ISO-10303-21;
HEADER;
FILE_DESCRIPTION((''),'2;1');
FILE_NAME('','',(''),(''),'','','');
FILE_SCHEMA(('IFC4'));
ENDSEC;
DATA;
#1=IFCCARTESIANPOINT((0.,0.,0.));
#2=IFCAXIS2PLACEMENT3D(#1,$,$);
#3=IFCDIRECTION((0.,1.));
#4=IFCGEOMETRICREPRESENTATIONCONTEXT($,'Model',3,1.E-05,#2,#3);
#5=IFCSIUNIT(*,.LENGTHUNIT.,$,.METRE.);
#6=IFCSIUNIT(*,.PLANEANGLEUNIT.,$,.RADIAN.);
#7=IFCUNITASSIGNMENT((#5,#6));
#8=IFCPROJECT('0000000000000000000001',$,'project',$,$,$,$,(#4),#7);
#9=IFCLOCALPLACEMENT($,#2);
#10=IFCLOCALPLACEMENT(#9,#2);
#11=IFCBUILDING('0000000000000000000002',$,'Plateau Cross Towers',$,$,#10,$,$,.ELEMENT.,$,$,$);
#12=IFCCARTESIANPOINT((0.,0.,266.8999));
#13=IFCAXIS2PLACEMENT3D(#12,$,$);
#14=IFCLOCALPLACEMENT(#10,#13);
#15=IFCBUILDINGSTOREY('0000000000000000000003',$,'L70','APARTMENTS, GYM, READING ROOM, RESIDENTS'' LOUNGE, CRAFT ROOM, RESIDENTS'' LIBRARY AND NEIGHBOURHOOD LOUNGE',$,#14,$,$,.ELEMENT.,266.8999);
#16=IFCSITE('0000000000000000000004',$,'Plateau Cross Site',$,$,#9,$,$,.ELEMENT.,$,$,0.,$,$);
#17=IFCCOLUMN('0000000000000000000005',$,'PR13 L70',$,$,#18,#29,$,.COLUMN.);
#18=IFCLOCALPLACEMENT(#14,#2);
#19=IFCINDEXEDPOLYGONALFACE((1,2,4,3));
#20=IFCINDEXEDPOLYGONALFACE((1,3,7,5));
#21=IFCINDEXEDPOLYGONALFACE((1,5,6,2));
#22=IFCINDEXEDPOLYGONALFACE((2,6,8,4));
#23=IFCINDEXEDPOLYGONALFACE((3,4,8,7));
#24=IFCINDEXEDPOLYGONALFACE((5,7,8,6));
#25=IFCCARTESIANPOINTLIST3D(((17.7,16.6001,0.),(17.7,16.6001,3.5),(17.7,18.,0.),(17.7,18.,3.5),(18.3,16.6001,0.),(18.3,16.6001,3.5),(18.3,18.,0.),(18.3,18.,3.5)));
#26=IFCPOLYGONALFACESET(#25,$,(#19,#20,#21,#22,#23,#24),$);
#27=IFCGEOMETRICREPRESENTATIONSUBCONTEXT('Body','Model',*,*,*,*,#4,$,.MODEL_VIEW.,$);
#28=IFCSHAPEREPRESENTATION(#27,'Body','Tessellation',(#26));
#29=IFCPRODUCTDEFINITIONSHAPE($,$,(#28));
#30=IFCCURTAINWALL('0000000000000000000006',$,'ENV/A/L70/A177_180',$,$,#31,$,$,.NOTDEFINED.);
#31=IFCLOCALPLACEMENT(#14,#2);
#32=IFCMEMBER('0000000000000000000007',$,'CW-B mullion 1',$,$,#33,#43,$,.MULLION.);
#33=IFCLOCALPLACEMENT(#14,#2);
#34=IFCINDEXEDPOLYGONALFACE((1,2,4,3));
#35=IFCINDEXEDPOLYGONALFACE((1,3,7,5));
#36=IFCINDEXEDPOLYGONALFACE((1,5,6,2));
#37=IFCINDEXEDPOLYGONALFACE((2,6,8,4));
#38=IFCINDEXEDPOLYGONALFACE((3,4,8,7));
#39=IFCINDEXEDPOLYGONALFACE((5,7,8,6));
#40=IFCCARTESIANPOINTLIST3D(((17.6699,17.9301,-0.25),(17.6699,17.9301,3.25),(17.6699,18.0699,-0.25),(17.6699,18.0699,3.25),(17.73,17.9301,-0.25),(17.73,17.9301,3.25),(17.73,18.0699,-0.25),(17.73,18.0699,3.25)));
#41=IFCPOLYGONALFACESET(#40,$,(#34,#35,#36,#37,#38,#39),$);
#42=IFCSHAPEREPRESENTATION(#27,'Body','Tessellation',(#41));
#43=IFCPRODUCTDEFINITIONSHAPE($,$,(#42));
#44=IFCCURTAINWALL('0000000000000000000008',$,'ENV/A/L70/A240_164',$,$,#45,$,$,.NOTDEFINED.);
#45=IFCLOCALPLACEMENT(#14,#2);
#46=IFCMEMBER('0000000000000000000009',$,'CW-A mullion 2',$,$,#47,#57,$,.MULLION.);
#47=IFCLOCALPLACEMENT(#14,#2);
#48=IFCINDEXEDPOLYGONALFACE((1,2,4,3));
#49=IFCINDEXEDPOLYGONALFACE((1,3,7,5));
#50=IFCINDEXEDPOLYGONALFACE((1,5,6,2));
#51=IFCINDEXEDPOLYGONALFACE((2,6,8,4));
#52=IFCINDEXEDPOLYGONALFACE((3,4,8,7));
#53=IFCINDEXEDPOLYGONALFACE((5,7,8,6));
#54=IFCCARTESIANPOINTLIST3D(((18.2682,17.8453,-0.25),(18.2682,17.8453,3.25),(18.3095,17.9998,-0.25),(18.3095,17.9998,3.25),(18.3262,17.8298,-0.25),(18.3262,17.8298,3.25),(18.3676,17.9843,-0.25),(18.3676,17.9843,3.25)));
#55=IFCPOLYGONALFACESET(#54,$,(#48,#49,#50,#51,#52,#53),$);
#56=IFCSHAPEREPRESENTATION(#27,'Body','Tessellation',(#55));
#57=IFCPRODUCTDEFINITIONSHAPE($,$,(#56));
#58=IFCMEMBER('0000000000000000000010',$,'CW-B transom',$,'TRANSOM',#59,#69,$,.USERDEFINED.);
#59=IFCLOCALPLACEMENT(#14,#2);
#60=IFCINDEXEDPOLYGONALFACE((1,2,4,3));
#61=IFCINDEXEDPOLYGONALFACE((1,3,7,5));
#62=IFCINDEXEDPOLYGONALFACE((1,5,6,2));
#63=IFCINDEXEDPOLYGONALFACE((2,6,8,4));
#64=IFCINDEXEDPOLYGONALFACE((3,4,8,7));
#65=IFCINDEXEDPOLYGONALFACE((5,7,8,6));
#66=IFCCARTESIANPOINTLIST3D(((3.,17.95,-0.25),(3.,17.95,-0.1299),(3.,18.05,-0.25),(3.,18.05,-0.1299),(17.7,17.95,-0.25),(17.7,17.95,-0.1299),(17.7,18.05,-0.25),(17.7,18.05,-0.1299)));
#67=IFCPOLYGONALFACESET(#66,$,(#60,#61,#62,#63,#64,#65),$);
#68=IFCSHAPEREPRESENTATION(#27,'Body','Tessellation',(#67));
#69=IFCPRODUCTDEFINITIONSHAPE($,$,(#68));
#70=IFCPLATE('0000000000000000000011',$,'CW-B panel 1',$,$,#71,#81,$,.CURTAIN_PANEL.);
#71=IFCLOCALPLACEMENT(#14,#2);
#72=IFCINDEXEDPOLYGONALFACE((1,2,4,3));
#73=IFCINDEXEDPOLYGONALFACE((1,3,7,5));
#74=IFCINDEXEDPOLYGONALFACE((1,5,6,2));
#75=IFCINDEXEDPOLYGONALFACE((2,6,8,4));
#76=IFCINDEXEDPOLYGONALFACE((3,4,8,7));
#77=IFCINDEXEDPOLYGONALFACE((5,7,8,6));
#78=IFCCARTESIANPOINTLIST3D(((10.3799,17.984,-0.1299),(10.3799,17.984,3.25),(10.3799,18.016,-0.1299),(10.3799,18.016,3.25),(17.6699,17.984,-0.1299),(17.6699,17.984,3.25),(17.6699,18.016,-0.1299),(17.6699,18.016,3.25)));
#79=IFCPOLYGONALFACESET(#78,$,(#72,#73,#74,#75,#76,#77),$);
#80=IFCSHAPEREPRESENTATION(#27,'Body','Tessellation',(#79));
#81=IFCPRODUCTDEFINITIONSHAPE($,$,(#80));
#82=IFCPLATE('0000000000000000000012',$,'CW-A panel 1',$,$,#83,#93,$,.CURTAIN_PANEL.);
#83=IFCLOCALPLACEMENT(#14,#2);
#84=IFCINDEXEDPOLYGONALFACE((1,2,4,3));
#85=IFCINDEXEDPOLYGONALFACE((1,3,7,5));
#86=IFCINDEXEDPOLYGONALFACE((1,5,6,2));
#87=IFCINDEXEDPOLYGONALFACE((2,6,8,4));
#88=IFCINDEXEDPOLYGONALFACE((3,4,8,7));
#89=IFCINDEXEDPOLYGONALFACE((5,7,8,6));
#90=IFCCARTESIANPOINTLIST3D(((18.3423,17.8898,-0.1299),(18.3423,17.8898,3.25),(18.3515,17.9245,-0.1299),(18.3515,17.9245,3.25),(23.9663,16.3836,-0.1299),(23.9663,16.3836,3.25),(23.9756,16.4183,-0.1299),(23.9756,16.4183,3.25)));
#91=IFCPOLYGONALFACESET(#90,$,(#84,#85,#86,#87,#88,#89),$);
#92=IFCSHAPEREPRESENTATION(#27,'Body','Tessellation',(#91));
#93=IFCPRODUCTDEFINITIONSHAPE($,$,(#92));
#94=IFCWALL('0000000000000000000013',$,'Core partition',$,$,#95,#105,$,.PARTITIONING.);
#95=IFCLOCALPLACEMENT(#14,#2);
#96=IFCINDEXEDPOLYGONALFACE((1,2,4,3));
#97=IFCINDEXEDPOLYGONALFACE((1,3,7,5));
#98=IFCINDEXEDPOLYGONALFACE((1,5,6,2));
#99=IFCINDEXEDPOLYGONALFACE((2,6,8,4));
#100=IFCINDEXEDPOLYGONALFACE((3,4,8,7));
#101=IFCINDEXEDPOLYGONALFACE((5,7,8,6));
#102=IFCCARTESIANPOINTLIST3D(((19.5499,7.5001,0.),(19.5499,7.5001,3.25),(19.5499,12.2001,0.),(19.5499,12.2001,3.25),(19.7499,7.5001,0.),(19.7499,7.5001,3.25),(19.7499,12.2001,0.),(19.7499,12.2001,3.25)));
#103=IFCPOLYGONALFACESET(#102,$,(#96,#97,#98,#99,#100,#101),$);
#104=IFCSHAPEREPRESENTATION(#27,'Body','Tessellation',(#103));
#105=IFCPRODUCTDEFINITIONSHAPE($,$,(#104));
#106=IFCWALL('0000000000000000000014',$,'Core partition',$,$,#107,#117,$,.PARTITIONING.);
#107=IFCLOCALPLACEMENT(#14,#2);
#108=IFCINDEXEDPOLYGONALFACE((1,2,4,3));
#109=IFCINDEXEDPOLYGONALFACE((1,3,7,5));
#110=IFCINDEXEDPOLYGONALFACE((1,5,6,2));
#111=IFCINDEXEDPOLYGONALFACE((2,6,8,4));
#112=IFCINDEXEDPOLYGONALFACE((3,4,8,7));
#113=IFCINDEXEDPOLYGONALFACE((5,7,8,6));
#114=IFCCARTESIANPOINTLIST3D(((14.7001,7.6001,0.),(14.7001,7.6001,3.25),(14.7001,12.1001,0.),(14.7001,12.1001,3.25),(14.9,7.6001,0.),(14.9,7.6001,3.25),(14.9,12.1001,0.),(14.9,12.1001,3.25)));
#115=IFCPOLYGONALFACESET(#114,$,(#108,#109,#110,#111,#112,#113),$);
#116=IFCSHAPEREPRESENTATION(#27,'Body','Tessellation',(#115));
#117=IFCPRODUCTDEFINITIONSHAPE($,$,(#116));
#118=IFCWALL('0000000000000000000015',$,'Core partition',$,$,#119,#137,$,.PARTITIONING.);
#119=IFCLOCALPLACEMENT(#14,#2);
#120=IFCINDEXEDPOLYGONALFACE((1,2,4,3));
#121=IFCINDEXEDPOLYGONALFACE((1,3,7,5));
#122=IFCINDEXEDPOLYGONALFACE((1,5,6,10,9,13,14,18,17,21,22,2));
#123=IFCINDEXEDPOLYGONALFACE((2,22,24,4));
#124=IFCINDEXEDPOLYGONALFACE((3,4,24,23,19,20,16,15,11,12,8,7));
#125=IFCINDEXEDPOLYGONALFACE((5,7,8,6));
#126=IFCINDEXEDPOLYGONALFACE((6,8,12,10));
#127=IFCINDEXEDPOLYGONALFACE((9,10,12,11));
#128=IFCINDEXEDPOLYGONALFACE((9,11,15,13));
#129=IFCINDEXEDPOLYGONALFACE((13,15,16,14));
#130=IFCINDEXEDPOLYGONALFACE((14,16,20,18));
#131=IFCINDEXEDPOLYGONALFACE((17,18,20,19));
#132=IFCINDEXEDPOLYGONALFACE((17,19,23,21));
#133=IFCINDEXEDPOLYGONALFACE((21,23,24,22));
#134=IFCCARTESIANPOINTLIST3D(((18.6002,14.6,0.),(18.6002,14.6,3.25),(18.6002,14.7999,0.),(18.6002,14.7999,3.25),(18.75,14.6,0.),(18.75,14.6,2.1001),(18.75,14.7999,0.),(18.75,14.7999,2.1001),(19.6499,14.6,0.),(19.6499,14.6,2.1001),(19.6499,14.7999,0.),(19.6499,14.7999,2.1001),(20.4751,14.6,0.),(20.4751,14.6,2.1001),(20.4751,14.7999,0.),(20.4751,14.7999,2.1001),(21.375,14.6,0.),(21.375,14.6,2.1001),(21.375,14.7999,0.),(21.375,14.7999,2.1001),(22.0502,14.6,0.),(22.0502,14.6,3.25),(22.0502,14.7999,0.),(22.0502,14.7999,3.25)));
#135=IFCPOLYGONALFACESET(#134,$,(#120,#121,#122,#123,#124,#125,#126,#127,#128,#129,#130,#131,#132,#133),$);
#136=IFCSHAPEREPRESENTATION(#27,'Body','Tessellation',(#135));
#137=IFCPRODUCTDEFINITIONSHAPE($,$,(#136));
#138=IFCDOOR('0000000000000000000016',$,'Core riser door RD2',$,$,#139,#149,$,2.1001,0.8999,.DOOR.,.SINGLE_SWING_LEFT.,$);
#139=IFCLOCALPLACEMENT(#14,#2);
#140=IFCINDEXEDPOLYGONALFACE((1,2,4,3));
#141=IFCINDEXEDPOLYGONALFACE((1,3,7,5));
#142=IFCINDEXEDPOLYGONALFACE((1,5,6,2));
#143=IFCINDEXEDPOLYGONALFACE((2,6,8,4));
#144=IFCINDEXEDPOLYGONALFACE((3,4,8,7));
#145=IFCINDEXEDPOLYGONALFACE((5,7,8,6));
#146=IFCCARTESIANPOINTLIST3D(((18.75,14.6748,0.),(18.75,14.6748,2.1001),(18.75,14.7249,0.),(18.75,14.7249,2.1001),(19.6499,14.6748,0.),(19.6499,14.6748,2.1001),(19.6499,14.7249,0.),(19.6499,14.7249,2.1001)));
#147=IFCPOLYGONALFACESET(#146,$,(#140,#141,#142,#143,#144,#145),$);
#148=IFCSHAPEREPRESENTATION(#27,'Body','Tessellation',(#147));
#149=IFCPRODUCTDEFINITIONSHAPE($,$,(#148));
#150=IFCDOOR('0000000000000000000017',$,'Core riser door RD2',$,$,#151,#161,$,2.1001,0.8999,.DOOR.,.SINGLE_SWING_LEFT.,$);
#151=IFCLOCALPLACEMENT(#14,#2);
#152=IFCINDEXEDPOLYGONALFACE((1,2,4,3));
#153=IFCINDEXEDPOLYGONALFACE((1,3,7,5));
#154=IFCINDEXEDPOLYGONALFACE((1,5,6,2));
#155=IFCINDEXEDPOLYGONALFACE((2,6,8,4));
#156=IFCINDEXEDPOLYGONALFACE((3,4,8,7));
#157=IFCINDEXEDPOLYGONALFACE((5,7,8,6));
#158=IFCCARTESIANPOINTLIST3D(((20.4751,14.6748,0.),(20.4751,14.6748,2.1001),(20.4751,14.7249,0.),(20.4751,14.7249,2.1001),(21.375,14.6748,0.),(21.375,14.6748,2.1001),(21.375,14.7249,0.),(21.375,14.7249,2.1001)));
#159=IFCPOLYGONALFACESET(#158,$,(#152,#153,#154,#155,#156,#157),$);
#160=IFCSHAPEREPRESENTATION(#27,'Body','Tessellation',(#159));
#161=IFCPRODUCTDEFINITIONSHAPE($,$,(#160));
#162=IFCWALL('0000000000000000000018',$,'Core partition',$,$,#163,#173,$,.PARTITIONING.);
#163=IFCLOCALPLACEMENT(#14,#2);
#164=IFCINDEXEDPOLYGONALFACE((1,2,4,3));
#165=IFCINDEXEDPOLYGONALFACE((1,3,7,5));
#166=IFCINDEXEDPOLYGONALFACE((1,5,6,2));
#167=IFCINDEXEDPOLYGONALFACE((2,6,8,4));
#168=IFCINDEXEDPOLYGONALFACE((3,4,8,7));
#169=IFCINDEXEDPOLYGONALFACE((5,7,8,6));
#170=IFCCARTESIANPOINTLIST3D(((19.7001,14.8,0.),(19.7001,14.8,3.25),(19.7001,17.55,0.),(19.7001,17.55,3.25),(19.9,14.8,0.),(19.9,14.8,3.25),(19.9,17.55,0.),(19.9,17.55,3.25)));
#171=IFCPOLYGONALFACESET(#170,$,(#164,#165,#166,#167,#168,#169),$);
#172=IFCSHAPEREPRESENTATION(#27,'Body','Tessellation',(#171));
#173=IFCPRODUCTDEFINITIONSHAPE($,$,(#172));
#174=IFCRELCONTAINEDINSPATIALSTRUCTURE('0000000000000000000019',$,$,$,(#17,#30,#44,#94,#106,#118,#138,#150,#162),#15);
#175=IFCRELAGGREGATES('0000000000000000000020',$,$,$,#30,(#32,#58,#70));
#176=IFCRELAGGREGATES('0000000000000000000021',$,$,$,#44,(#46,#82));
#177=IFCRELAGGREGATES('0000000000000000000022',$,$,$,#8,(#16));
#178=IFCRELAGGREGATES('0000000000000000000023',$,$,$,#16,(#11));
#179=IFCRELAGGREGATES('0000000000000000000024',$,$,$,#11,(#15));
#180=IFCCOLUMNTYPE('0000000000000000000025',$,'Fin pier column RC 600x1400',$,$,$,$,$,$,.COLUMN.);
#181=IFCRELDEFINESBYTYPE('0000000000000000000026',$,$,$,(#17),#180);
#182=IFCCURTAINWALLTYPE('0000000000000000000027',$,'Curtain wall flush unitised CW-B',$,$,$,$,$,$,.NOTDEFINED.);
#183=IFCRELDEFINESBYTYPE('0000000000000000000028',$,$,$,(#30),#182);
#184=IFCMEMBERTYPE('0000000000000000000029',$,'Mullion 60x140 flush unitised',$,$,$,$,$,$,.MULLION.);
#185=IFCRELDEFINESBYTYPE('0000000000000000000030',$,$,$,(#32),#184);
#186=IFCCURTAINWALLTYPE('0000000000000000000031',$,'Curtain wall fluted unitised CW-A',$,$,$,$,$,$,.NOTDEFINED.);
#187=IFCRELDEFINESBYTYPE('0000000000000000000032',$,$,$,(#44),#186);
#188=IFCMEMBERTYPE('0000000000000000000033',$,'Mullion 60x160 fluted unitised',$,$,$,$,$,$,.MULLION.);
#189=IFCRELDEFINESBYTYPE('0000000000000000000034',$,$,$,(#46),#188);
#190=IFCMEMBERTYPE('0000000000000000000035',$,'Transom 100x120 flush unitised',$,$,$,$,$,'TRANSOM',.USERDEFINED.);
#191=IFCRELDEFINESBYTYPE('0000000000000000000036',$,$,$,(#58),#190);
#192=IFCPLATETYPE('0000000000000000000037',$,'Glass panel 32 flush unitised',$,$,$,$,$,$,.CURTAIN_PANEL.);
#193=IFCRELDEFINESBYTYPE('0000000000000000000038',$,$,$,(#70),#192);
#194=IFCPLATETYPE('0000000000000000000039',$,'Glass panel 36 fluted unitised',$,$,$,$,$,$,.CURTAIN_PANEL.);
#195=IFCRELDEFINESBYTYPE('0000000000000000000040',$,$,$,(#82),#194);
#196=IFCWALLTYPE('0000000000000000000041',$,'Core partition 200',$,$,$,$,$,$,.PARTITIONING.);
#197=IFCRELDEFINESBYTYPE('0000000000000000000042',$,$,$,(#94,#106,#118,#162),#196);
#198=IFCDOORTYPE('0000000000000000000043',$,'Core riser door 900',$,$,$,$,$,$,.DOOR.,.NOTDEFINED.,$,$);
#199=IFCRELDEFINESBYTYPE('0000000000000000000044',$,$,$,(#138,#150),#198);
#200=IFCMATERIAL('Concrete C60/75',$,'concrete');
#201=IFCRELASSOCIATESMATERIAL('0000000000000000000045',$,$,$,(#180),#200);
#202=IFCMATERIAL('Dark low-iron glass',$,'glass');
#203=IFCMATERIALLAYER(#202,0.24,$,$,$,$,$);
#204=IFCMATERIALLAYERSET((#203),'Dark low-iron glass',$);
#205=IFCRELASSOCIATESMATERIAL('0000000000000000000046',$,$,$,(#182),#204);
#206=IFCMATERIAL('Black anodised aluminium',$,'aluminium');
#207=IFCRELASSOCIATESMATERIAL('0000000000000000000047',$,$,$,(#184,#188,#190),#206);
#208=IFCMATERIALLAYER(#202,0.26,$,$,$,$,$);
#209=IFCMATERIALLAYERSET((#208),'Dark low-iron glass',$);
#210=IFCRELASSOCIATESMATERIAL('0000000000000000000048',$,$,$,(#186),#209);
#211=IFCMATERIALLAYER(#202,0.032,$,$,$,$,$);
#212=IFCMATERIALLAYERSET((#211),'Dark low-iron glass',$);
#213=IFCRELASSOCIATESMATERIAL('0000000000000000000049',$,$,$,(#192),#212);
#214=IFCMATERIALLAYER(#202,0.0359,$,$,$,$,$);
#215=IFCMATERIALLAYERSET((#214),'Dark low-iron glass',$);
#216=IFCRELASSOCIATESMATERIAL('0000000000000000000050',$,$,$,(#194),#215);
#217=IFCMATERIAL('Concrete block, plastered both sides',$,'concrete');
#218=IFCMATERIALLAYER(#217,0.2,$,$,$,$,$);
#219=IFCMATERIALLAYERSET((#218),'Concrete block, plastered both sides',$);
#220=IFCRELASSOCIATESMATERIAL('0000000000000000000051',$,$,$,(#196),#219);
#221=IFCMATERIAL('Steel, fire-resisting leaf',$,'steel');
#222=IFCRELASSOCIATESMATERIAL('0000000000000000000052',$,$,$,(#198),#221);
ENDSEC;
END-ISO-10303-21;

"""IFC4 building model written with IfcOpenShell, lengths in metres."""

from ifc_helpers import new_model, si_unit, direction, frame, frame_2d, origin, origin_2d, place, context, subcontext, project, spatial, rectangle, extrude, material, layer, layer_set, material_profile, profile_set, type_object, element, fill, aggregate, save


model = new_model("IFC4")

# Units and contexts
model_context = context("Model", 3, precision=1e-05, world=origin(), true_north=direction((0.0, 1.0)))
body_context = subcontext(model_context, "Body", "Model", "MODEL_VIEW")
ifc_project = project(units=[si_unit("LENGTHUNIT", "METRE"), si_unit("PLANEANGLEUNIT", "RADIAN")], contexts=[model_context])

# Site, building, storey
site_placement = place(None, origin())
site = spatial("IfcSite", under=ifc_project, at=site_placement, Name="Plateau Cross Site", CompositionType="ELEMENT", RefElevation=0.0)
building_placement = place(site_placement, origin())
building = spatial("IfcBuilding", under=site, at=building_placement, Name="Plateau Cross Towers", CompositionType="ELEMENT")
storey_placement = place(building_placement, frame((0.0, 0.0, 266.8999)))
storey = spatial("IfcBuildingStorey", under=building, at=storey_placement, Name="L70", Description="APARTMENTS, GYM, READING ROOM, RESIDENTS' LOUNGE, CRAFT ROOM, RESIDENTS' LIBRARY AND NEIGHBOURHOOD LOUNGE", CompositionType="ELEMENT", Elevation=266.8999)

# Column
ifc_material_1 = material(Name="Concrete C60/75", Category="concrete")
ifc_material_profile_1 = material_profile(ifc_material_1, rectangle(XDim=0.6001, YDim=1.3999, at=origin_2d()), Name="RC 600x1400")
ifc_profile_set_1 = profile_set([ifc_material_profile_1], Name="Concrete C60/75")
column_type = type_object("IfcColumnType", Name="Fin pier column RC 600x1400", PredefinedType="COLUMN", material=ifc_profile_set_1)
column_placement = place(storey_placement, frame((18.0, 17.3, 0.0), z_axis=(0.0, 0.0, 1.0), x_axis=(1.0, 0.0, 0.0)))
element("IfcColumn", 1, at=column_placement, inside=storey, type_object=column_type, Name="PR13 L70", PredefinedType="COLUMN", context=body_context, shape_type="SweptSolid", body=[
    extrude(rectangle(XDim=0.6001, YDim=1.3999, at=origin_2d()), origin(), (0.0, 0.0, 1.0), 3.5),
])

# Curtain walls, members
ifc_material_2 = material(Name="Dark low-iron glass", Category="glass")
ifc_layer_1 = layer(ifc_material_2, 0.24)
ifc_layer_set_1 = layer_set([ifc_layer_1], Name="Dark low-iron glass")
curtain_wall_type_1 = type_object("IfcCurtainWallType", Name="Curtain wall flush unitised CW-B", PredefinedType="NOTDEFINED", material=ifc_layer_set_1)
curtain_wall_1_placement = place(storey_placement, origin())
curtain_wall_1 = element("IfcCurtainWall", 2, at=curtain_wall_1_placement, inside=storey, type_object=curtain_wall_type_1, Name="ENV/A/L70/A177_180", PredefinedType="NOTDEFINED")
ifc_material_3 = material(Name="Black anodised aluminium", Category="aluminium")
ifc_material_profile_2 = material_profile(ifc_material_3, rectangle(XDim=0.0601, YDim=0.1399, at=origin_2d()), Name="MULLION 60x140")
ifc_profile_set_2 = profile_set([ifc_material_profile_2], Name="Black anodised aluminium")
member_type_1 = type_object("IfcMemberType", Name="Mullion 60x140 flush unitised", PredefinedType="MULLION", material=ifc_profile_set_2)
member_1_placement = place(storey_placement, frame((17.7, 18.0, -0.25), z_axis=(0.0, 0.0, 1.0), x_axis=(-1.0, 0.0, 0.0)))
member_1 = element("IfcMember", 3, at=member_1_placement, type_object=member_type_1, Name="CW-B mullion 1", PredefinedType="MULLION", context=body_context, shape_type="SweptSolid", body=[
    extrude(rectangle(XDim=0.0601, YDim=0.1399, at=origin_2d()), origin(), (0.0, 0.0, 1.0), 3.5),
])
ifc_layer_2 = layer(ifc_material_2, 0.26)
ifc_layer_set_2 = layer_set([ifc_layer_2], Name="Dark low-iron glass")
curtain_wall_type_2 = type_object("IfcCurtainWallType", Name="Curtain wall fluted unitised CW-A", PredefinedType="NOTDEFINED", material=ifc_layer_set_2)
curtain_wall_2_placement = place(storey_placement, origin())
curtain_wall_2 = element("IfcCurtainWall", 4, at=curtain_wall_2_placement, inside=storey, type_object=curtain_wall_type_2, Name="ENV/A/L70/A240_164", PredefinedType="NOTDEFINED")
ifc_material_profile_3 = material_profile(ifc_material_3, rectangle(XDim=0.0601, YDim=0.1599, at=origin_2d()), Name="MULLION 60x160")
ifc_profile_set_3 = profile_set([ifc_material_profile_3], Name="Black anodised aluminium")
member_type_2 = type_object("IfcMemberType", Name="Mullion 60x160 fluted unitised", PredefinedType="MULLION", material=ifc_profile_set_3)
member_2_placement = place(storey_placement, frame((18.3179, 17.9148, -0.25), z_axis=(0.0, 0.0, 1.0), x_axis=(-0.965958, 0.258699, 0.0)))
member_2 = element("IfcMember", 5, at=member_2_placement, type_object=member_type_2, Name="CW-A mullion 2", PredefinedType="MULLION", context=body_context, shape_type="SweptSolid", body=[
    extrude(rectangle(XDim=0.0601, YDim=0.1599, at=origin_2d()), origin(), (0.0, 0.0, 1.0), 3.5),
])

# Member
ifc_material_profile_4 = material_profile(ifc_material_3, rectangle(XDim=0.1001, YDim=0.1201, at=origin_2d()), Name="TRANSOM 100x120")
ifc_profile_set_4 = profile_set([ifc_material_profile_4], Name="Black anodised aluminium")
member_type_3 = type_object("IfcMemberType", Name="Transom 100x120 flush unitised", ElementType="TRANSOM", PredefinedType="USERDEFINED", material=ifc_profile_set_4)
member_3_placement = place(storey_placement, frame((17.7, 18.0, -0.1899), z_axis=(-1.0, 0.0, 0.0), x_axis=(0.0, -1.0, 0.0)))
member_3 = element("IfcMember", 6, at=member_3_placement, type_object=member_type_3, Name="CW-B transom", ObjectType="TRANSOM", PredefinedType="USERDEFINED", context=body_context, shape_type="SweptSolid", body=[
    extrude(rectangle(XDim=0.1001, YDim=0.1201, at=origin_2d()), origin(), (0.0, 0.0, 1.0), 14.7),
])

# Plates
ifc_layer_3 = layer(ifc_material_2, 0.032)
ifc_layer_set_3 = layer_set([ifc_layer_3], Name="Dark low-iron glass")
plate_type_1 = type_object("IfcPlateType", Name="Glass panel 32 flush unitised", PredefinedType="CURTAIN_PANEL", material=ifc_layer_set_3)
plate_1_placement = place(storey_placement, frame((14.0249, 18.0, -0.1299), z_axis=(0.0, 0.0, 1.0), x_axis=(-1.0, 0.0, 0.0)))
plate_1 = element("IfcPlate", 7, at=plate_1_placement, type_object=plate_type_1, Name="CW-B panel 1", PredefinedType="CURTAIN_PANEL", context=body_context, shape_type="SweptSolid", body=[
    extrude(rectangle(XDim=7.29, YDim=0.032, at=origin_2d()), origin(), (0.0, 0.0, 1.0), 3.3799),
])
aggregate(curtain_wall_1, [member_1, member_3, plate_1])
ifc_layer_4 = layer(ifc_material_2, 0.0359)
ifc_layer_set_4 = layer_set([ifc_layer_4], Name="Dark low-iron glass")
plate_type_2 = type_object("IfcPlateType", Name="Glass panel 36 fluted unitised", PredefinedType="CURTAIN_PANEL", material=ifc_layer_set_4)
plate_2_placement = place(storey_placement, frame((21.1589, 17.1541, -0.1299), z_axis=(0.0, 0.0, 1.0), x_axis=(-0.965958, 0.258699, 0.0)))
plate_2 = element("IfcPlate", 8, at=plate_2_placement, type_object=plate_type_2, Name="CW-A panel 1", PredefinedType="CURTAIN_PANEL", context=body_context, shape_type="SweptSolid", body=[
    extrude(rectangle(XDim=5.8223, YDim=0.0359, at=origin_2d()), origin(), (0.0, 0.0, 1.0), 3.3799),
])
aggregate(curtain_wall_2, [member_2, plate_2])

# Walls
ifc_material_4 = material(Name="Concrete block, plastered both sides", Category="concrete")
ifc_layer_5 = layer(ifc_material_4, 0.2)
ifc_layer_set_5 = layer_set([ifc_layer_5], Name="Concrete block, plastered both sides")
wall_type_1 = type_object("IfcWallType", Name="Core partition 200", PredefinedType="PARTITIONING", material=ifc_layer_set_5)
wall_1_placement = place(storey_placement, frame((19.6499, 7.5, 0.0), z_axis=(0.0, 0.0, 1.0), x_axis=(0.0, 1.0, 0.0)))
element("IfcWall", 9, at=wall_1_placement, inside=storey, type_object=wall_type_1, Name="Core partition", PredefinedType="PARTITIONING", context=body_context, shape_type="SweptSolid", body=[
    extrude(rectangle(XDim=4.7, YDim=0.2, at=frame_2d((2.3501, 0.0))), origin(), (0.0, 0.0, 1.0), 3.25),
])
wall_2_placement = place(storey_placement, frame((14.8, 7.6001, 0.0), z_axis=(0.0, 0.0, 1.0), x_axis=(0.0, 1.0, 0.0)))
element("IfcWall", 10, at=wall_2_placement, inside=storey, type_object=wall_type_1, Name="Core partition", PredefinedType="PARTITIONING", context=body_context, shape_type="SweptSolid", body=[
    extrude(rectangle(XDim=4.5, YDim=0.2, at=frame_2d((2.25, 0.0))), origin(), (0.0, 0.0, 1.0), 3.25),
])

# Wall, openings, doors
wall_3_placement = place(storey_placement, frame((18.6001, 14.7, 0.0), z_axis=(0.0, 0.0, 1.0), x_axis=(1.0, 0.0, 0.0)))
wall_3 = element("IfcWall", 11, at=wall_3_placement, inside=storey, type_object=wall_type_1, Name="Core partition", PredefinedType="PARTITIONING", context=body_context, shape_type="SweptSolid", body=[
    extrude(rectangle(XDim=3.45, YDim=0.2, at=frame_2d((1.7251, 0.0))), origin(), (0.0, 0.0, 1.0), 3.25),
])
opening_1_placement = place(wall_3_placement, frame((0.1499, 0.0, 0.0)))
opening_1 = element("IfcOpeningElement", 12, at=opening_1_placement, cuts=wall_3, PredefinedType="OPENING", context=body_context, shape_type="SweptSolid", body=[
    extrude(rectangle(XDim=0.8999, YDim=2.1001, at=frame_2d((0.45, 1.05))), frame((0.0, 0.1099, 0.0), z_axis=(0.0, -1.0, 0.0), x_axis=(1.0, 0.0, 0.0)), (0.0, 0.0, 1.0), 0.22),
])
opening_2_placement = place(wall_3_placement, frame((1.875, 0.0, 0.0)))
opening_2 = element("IfcOpeningElement", 13, at=opening_2_placement, cuts=wall_3, PredefinedType="OPENING", context=body_context, shape_type="SweptSolid", body=[
    extrude(rectangle(XDim=0.8999, YDim=2.1001, at=frame_2d((0.45, 1.05))), frame((0.0, 0.1099, 0.0), z_axis=(0.0, -1.0, 0.0), x_axis=(1.0, 0.0, 0.0)), (0.0, 0.0, 1.0), 0.22),
])
ifc_material_5 = material(Name="Steel, fire-resisting leaf", Category="steel")
door_type_1 = type_object("IfcDoorType", Name="Core riser door 900", OperationType="NOTDEFINED", PredefinedType="DOOR", material=ifc_material_5)
door_1_placement = place(opening_1_placement, origin())
door_1 = element("IfcDoor", 14, at=door_1_placement, inside=storey, type_object=door_type_1, Name="Core riser door RD2", OperationType="SINGLE_SWING_LEFT", OverallHeight=2.1001, OverallWidth=0.8999, PredefinedType="DOOR", context=body_context, shape_type="SweptSolid", body=[
    extrude(rectangle(XDim=0.8999, YDim=2.1001, at=frame_2d((0.45, 1.05))), frame((0.0, 0.0249, 0.0), z_axis=(0.0, -1.0, 0.0), x_axis=(1.0, 0.0, 0.0)), (0.0, 0.0, 1.0), 0.05),
])
fill(opening_1, door_1)
door_2_placement = place(opening_2_placement, origin())
door_2 = element("IfcDoor", 15, at=door_2_placement, inside=storey, type_object=door_type_1, Name="Core riser door RD2", OperationType="SINGLE_SWING_LEFT", OverallHeight=2.1001, OverallWidth=0.8999, PredefinedType="DOOR", context=body_context, shape_type="SweptSolid", body=[
    extrude(rectangle(XDim=0.8999, YDim=2.1001, at=frame_2d((0.45, 1.05))), frame((0.0, 0.0249, 0.0), z_axis=(0.0, -1.0, 0.0), x_axis=(1.0, 0.0, 0.0)), (0.0, 0.0, 1.0), 0.05),
])
fill(opening_2, door_2)

# Wall
wall_4_placement = place(storey_placement, frame((19.8, 14.8, 0.0), z_axis=(0.0, 0.0, 1.0), x_axis=(0.0, 1.0, 0.0)))
element("IfcWall", 16, at=wall_4_placement, inside=storey, type_object=wall_type_1, Name="Core partition", PredefinedType="PARTITIONING", context=body_context, shape_type="SweptSolid", body=[
    extrude(rectangle(XDim=2.75, YDim=0.2, at=frame_2d((1.375, 0.0))), origin(), (0.0, 0.0, 1.0), 3.25),
])

save(model, "model.ifc")
